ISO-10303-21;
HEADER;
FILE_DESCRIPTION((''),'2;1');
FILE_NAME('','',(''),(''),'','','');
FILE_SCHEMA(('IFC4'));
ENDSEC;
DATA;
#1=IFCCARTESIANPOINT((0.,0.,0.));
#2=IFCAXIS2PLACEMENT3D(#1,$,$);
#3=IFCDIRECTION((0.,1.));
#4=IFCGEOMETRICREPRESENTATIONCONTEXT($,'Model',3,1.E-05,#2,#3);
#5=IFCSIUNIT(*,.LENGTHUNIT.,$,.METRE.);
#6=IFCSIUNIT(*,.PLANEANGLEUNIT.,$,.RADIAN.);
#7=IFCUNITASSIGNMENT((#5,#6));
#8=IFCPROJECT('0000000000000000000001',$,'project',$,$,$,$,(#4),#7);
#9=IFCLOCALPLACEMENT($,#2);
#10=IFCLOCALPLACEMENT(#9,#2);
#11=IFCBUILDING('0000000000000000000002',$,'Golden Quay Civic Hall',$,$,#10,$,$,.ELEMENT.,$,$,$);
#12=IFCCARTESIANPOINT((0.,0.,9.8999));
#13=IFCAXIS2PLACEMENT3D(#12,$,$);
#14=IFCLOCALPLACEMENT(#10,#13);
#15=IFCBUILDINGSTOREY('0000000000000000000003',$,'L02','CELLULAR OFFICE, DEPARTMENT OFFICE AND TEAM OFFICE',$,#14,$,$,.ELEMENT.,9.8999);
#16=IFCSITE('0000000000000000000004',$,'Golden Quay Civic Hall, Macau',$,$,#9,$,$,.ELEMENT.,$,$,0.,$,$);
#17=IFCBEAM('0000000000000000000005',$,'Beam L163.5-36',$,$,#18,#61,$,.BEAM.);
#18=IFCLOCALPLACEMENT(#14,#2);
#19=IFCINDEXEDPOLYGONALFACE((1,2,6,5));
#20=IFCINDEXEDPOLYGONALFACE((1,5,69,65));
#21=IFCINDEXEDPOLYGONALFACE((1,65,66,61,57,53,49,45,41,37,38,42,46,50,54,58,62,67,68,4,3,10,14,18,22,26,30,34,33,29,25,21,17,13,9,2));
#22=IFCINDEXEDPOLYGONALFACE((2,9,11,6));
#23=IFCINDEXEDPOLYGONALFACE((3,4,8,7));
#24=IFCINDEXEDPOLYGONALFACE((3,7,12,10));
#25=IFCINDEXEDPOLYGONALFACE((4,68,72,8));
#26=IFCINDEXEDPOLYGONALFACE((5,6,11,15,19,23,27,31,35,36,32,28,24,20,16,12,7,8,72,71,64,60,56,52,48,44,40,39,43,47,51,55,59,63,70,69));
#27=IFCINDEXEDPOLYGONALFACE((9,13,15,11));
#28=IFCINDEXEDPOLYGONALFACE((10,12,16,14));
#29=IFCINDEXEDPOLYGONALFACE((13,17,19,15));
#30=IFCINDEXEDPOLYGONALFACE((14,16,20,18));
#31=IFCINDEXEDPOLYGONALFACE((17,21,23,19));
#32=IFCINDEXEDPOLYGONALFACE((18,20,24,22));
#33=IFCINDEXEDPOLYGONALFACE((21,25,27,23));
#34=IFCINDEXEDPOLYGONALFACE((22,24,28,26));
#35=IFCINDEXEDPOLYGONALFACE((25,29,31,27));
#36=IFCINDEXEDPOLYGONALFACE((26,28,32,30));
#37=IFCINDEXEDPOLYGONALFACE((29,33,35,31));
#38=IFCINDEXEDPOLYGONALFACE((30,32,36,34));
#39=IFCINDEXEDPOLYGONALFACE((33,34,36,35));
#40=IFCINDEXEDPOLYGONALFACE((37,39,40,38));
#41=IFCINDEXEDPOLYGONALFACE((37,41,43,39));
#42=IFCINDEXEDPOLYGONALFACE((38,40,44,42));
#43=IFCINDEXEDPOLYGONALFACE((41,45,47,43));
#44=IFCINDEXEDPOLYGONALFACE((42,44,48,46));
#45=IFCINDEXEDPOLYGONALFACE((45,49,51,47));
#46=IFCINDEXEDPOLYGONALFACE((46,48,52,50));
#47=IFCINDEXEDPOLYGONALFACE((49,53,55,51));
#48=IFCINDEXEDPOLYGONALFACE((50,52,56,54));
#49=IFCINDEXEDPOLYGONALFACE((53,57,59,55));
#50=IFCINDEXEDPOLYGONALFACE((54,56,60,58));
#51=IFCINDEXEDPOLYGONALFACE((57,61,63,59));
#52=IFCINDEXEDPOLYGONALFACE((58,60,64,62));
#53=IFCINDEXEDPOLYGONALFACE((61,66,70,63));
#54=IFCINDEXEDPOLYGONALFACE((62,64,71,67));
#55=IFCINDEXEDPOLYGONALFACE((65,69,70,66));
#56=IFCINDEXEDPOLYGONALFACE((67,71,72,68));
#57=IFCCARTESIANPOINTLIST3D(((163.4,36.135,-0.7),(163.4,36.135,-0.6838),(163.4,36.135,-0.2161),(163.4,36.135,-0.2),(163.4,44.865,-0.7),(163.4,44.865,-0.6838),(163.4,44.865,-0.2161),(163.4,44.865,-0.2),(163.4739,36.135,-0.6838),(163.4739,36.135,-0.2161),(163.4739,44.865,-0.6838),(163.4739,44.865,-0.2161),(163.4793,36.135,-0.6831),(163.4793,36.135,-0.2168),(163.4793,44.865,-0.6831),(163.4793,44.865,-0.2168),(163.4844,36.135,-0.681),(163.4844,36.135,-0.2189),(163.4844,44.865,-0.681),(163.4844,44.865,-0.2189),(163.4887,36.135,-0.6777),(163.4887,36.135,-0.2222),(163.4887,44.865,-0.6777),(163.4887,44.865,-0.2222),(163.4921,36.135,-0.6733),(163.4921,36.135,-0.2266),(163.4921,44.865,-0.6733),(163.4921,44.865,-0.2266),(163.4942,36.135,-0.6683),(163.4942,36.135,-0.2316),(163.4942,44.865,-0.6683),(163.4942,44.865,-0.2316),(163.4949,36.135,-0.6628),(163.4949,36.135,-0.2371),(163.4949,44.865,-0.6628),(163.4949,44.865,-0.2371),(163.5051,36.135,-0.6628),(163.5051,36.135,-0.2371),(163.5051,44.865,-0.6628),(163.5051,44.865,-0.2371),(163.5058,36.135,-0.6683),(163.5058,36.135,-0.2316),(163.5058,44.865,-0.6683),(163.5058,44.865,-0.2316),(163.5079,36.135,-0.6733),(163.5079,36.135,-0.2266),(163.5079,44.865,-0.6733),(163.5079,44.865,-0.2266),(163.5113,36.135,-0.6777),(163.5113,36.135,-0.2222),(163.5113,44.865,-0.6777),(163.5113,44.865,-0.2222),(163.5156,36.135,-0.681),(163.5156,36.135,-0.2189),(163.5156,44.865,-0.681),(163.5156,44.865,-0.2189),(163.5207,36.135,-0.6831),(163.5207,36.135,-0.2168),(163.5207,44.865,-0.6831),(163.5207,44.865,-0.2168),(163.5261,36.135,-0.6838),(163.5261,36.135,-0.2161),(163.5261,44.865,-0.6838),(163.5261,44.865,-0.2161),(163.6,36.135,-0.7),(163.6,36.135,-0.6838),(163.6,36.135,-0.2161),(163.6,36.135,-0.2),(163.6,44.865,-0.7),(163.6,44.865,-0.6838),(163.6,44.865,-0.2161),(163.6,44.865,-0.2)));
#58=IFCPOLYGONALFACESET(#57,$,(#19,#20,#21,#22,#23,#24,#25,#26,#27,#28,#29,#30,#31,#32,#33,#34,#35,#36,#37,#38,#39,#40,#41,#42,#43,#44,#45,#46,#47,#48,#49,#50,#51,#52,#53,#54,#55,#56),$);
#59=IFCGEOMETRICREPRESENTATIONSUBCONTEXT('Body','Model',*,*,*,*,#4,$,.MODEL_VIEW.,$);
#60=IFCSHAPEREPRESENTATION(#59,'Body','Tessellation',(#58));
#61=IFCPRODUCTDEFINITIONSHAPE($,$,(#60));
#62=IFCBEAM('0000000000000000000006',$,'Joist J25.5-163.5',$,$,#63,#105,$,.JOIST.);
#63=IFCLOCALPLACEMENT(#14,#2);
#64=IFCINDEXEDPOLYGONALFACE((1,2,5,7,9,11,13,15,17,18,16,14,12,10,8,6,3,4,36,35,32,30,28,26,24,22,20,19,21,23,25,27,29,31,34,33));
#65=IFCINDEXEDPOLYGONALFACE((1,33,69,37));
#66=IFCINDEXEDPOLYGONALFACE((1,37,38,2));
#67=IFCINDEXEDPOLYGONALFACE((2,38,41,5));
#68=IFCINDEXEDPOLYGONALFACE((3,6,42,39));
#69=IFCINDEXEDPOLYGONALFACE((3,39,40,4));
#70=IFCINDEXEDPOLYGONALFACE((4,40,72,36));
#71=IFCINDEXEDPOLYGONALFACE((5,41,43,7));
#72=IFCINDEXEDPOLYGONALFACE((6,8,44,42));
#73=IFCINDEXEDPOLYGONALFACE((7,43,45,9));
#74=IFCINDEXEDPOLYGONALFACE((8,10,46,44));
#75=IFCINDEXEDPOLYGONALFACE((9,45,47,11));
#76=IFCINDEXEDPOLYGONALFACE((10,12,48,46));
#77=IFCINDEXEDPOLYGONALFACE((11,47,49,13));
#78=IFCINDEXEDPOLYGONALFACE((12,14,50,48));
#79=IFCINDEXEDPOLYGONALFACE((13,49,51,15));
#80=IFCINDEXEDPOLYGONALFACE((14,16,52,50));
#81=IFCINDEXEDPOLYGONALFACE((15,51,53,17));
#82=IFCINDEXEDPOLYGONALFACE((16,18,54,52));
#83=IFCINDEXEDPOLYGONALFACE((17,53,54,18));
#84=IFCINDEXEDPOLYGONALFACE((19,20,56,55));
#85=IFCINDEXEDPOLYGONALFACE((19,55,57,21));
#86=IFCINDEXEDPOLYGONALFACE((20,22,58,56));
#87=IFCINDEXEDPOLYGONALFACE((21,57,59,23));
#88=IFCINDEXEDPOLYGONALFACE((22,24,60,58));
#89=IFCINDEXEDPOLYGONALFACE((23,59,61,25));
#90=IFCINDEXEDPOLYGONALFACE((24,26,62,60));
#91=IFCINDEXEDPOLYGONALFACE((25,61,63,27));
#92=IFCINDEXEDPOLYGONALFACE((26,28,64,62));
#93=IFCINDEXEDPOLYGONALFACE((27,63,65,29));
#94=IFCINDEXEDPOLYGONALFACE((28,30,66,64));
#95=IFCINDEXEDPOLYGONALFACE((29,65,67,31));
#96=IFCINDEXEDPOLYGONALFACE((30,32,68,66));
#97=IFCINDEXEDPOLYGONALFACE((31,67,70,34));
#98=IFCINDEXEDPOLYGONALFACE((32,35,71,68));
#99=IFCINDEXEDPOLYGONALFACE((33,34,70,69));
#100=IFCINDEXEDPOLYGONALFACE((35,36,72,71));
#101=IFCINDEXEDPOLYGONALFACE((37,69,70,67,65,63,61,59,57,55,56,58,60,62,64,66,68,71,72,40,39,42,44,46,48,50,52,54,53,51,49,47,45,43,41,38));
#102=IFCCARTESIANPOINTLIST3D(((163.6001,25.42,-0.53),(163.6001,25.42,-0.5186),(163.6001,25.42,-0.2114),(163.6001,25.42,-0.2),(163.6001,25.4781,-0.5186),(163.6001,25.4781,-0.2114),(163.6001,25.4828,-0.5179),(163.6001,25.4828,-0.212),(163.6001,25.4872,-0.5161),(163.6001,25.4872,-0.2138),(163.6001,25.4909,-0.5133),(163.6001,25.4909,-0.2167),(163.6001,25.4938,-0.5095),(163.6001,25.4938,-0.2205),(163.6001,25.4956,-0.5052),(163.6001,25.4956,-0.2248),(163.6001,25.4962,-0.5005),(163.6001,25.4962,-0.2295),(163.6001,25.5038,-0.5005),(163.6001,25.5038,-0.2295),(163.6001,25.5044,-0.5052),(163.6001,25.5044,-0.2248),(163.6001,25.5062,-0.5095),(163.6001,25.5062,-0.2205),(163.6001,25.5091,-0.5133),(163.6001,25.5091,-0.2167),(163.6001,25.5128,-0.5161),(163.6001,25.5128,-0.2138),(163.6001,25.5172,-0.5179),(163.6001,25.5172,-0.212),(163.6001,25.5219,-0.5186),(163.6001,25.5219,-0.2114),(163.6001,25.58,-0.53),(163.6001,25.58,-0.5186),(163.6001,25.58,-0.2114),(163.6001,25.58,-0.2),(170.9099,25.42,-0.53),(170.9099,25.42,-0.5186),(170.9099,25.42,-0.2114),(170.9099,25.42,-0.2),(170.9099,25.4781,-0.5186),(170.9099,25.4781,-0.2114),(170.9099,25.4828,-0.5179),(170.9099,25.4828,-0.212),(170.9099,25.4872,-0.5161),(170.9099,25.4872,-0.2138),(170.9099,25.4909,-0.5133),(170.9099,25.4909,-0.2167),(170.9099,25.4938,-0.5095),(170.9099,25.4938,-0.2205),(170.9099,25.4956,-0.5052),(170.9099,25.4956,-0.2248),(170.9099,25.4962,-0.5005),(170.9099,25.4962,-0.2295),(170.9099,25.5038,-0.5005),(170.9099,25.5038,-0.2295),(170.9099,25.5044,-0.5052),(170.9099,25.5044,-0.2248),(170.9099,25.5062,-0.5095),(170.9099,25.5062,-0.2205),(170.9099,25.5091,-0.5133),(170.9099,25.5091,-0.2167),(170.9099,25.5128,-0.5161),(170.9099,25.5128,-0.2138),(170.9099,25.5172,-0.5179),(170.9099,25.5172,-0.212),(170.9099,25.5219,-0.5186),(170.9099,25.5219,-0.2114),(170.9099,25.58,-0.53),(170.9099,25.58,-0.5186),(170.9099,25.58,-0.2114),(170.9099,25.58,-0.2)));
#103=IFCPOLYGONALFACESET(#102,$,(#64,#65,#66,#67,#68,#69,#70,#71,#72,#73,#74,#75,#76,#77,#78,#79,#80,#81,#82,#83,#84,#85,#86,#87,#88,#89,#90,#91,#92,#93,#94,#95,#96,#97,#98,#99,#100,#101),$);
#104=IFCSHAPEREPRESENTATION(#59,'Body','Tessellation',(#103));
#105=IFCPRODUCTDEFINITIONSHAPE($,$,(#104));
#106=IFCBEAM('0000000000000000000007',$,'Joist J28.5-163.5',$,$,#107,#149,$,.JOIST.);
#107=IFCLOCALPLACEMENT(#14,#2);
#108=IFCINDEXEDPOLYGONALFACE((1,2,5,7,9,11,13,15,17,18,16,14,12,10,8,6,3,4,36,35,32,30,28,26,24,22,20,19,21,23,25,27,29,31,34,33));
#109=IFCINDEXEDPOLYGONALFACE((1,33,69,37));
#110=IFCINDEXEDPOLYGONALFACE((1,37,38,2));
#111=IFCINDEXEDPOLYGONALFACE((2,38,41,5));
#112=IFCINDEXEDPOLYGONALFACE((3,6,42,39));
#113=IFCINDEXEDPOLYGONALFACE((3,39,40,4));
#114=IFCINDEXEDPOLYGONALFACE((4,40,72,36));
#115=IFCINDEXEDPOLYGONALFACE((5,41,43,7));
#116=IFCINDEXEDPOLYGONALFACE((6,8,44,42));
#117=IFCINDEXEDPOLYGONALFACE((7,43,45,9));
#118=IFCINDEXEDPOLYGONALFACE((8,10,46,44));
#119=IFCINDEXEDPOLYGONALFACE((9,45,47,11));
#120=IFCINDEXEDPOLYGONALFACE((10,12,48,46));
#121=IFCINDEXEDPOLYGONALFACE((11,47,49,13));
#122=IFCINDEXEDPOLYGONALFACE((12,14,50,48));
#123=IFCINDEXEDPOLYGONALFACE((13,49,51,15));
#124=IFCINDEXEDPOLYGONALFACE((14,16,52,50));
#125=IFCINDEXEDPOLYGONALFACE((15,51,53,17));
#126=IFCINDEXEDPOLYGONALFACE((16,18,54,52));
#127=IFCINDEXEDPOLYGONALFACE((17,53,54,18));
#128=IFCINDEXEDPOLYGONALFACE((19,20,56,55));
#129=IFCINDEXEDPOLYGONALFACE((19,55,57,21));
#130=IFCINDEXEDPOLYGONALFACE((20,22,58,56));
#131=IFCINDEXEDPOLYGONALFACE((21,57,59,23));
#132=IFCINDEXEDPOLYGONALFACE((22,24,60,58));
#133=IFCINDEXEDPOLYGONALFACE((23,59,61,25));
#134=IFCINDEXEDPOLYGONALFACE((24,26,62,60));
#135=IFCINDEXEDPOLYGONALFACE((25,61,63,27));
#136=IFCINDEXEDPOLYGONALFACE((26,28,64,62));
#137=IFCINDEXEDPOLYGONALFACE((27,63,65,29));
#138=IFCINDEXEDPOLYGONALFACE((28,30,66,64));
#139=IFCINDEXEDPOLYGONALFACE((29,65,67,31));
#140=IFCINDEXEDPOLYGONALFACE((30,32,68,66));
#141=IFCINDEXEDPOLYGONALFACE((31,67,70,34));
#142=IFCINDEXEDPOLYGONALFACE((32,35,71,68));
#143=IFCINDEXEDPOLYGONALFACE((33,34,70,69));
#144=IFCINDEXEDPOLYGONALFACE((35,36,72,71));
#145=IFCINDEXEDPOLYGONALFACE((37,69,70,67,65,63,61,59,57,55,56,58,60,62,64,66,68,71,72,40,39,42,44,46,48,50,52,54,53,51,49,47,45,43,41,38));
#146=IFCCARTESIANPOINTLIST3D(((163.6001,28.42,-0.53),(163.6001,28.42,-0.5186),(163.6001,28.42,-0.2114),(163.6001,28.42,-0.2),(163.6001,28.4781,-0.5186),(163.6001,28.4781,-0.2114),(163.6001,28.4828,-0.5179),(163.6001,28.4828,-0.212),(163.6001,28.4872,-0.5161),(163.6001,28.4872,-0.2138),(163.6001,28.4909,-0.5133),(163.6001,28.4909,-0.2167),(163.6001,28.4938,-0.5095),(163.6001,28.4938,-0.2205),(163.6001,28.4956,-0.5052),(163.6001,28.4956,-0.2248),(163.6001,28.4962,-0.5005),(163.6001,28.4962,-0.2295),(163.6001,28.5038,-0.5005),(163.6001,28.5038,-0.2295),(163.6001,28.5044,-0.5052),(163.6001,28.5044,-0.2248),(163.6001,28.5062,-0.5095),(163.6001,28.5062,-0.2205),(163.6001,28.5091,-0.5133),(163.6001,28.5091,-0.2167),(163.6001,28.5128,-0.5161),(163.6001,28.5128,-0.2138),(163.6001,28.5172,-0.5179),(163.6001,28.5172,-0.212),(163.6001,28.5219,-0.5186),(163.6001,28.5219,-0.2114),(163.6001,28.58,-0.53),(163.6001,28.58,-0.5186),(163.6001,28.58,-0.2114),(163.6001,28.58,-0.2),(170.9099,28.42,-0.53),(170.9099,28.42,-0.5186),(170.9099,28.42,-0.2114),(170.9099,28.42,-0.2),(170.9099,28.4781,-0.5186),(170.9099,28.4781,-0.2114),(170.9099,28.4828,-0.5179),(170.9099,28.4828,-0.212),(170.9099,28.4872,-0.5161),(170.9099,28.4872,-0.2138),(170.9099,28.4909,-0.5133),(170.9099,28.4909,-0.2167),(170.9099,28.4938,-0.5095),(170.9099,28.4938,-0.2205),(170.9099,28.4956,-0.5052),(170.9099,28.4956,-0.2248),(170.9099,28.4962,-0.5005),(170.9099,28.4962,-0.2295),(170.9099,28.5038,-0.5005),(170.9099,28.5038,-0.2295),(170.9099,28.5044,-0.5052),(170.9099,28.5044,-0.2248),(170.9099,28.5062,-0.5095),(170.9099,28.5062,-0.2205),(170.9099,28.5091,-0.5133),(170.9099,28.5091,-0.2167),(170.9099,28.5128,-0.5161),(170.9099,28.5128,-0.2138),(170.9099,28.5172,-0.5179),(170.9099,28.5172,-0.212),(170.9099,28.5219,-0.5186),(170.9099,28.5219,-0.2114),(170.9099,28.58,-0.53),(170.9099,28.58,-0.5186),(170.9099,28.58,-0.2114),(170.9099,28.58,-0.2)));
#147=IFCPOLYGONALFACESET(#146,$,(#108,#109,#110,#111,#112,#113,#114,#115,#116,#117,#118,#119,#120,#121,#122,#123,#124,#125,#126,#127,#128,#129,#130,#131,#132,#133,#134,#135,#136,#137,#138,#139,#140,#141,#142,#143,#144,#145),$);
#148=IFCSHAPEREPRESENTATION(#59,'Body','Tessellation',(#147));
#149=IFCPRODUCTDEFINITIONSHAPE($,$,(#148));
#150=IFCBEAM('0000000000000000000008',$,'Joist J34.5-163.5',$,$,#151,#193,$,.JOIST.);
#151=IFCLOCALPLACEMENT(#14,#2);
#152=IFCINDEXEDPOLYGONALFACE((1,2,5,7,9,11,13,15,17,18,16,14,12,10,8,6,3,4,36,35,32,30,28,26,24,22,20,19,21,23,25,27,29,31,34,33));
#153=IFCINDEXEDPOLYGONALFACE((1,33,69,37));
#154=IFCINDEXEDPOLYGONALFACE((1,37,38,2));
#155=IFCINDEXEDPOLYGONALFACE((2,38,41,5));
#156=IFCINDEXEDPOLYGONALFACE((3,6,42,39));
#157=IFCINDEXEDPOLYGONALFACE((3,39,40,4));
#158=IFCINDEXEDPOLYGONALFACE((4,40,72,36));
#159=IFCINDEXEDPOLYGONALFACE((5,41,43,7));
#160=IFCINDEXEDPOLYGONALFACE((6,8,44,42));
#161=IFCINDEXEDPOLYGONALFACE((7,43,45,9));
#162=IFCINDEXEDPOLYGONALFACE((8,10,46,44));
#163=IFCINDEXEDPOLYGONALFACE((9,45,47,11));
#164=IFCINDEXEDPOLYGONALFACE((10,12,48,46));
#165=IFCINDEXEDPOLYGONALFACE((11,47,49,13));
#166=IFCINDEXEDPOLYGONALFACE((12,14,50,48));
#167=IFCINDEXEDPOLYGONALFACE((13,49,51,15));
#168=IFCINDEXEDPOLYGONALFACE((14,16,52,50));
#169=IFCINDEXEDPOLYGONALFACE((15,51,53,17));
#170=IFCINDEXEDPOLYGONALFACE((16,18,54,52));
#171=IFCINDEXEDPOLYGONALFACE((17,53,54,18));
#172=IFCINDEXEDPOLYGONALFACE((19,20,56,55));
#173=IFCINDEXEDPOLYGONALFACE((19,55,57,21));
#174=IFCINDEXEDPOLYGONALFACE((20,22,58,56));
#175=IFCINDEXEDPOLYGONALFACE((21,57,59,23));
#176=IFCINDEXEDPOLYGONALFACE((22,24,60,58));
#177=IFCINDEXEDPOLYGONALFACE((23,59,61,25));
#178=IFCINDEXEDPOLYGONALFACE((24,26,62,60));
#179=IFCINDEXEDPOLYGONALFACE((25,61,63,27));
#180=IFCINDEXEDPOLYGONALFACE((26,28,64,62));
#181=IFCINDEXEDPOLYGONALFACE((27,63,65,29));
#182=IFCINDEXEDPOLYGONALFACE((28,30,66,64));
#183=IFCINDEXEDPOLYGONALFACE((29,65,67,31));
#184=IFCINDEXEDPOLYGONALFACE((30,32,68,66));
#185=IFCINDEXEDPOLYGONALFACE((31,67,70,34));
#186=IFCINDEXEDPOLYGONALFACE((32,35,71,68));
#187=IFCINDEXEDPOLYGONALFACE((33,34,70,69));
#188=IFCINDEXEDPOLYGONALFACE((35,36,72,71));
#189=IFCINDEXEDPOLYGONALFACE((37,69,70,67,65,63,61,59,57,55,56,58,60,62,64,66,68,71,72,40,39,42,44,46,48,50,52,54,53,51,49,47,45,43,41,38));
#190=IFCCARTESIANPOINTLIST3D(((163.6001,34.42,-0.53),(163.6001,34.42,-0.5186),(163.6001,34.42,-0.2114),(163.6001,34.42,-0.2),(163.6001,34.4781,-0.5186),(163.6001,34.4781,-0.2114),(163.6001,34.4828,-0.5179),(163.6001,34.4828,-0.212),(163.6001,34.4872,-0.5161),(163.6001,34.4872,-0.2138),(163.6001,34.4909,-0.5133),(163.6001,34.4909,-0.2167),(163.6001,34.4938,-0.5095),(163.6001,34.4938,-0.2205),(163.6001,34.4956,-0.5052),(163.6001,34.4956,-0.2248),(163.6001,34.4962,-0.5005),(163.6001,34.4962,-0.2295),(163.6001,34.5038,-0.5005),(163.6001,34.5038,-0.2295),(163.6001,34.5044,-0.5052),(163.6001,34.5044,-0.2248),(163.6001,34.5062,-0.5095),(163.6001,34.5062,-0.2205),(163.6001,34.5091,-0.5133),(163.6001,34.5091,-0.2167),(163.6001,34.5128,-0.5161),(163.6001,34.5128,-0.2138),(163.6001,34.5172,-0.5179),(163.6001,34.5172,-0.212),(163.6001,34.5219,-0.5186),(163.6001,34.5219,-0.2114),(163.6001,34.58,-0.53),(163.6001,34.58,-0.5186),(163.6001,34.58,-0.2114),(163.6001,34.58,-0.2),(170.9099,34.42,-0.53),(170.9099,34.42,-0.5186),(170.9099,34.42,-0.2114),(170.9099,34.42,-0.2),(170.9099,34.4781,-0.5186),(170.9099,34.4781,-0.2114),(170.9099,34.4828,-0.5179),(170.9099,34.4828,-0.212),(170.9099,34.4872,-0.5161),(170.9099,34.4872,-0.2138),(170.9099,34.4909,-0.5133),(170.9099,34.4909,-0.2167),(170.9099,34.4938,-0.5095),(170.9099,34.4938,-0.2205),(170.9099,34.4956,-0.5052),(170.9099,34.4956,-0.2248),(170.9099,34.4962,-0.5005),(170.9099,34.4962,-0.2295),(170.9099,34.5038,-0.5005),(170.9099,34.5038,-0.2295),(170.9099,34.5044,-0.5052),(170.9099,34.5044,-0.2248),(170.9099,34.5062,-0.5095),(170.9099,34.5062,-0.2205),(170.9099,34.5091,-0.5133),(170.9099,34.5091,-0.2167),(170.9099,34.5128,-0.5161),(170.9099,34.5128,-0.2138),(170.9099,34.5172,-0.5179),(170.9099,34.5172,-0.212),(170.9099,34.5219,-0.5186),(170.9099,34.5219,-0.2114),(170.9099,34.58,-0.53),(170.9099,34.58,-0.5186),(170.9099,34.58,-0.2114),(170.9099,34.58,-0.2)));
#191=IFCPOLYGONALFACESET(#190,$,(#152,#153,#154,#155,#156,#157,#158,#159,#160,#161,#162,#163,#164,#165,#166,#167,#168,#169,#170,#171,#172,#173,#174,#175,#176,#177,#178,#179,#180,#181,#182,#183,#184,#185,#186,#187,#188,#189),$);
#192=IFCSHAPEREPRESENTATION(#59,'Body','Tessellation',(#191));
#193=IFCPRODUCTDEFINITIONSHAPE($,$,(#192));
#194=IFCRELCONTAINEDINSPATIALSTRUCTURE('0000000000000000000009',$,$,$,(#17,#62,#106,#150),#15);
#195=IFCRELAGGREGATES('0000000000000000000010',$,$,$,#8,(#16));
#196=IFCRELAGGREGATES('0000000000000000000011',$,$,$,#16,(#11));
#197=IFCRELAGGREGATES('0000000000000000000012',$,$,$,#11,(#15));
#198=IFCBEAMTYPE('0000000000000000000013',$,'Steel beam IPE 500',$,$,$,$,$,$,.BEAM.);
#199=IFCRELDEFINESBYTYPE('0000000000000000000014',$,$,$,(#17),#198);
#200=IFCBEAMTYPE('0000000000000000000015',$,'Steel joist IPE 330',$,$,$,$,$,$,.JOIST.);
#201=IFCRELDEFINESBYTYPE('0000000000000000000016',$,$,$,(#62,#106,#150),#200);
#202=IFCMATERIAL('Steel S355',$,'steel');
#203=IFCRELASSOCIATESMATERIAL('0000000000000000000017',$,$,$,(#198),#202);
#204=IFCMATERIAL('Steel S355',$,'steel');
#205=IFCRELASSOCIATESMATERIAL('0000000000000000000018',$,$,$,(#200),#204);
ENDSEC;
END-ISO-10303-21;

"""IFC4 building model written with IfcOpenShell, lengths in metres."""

from ifc_helpers import new_model, si_unit, direction, frame, origin, origin_2d, place, context, subcontext, project, spatial, i_section, extrude, material, material_profile, profile_set, type_object, element, save


model = new_model("IFC4")

# Units and contexts
model_context = context("Model", 3, precision=1e-05, world=origin(), true_north=direction((0.0, 1.0)))
body_context = subcontext(model_context, "Body", "Model", "MODEL_VIEW")
ifc_project = project(units=[si_unit("LENGTHUNIT", "METRE"), si_unit("PLANEANGLEUNIT", "RADIAN")], contexts=[model_context])

# Site, building, storey
site_placement = place(None, origin())
site = spatial("IfcSite", under=ifc_project, at=site_placement, Name="Golden Quay Civic Hall, Macau", CompositionType="ELEMENT", RefElevation=0.0)
building_placement = place(site_placement, origin())
building = spatial("IfcBuilding", under=site, at=building_placement, Name="Golden Quay Civic Hall", CompositionType="ELEMENT")
storey_placement = place(building_placement, frame((0.0, 0.0, 9.8999)))
storey = spatial("IfcBuildingStorey", under=building, at=storey_placement, Name="L02", Description="CELLULAR OFFICE, DEPARTMENT OFFICE AND TEAM OFFICE", CompositionType="ELEMENT", Elevation=9.8999)

# Beams
ifc_material_1 = material(Name="Steel S355", Category="steel")
ifc_material_profile_1 = material_profile(ifc_material_1, i_section(OverallWidth=0.2, OverallDepth=0.5, WebThickness=0.0103, FlangeThickness=0.0161, FilletRadius=0.021, at=origin_2d()), Name="IPE 500")
ifc_profile_set_1 = profile_set([ifc_material_profile_1], Name="Steel S355")
beam_type_1 = type_object("IfcBeamType", Name="Steel beam IPE 500", PredefinedType="BEAM", material=ifc_profile_set_1)
for number, where, z_axis, x_axis, name in (
    (1, (163.5, 36.135, -0.45), (0.0, 1.0, 0.0), (-1.0, 0.0, 0.0), "Beam L163.5-36"),
):
    element("IfcBeam", number, at=place(storey_placement, frame(where, z_axis=z_axis, x_axis=x_axis)), inside=storey, type_object=beam_type_1, Name=name, PredefinedType="BEAM", context=body_context, shape_type="SweptSolid", body=[
        extrude(i_section(OverallWidth=0.2, OverallDepth=0.5, WebThickness=0.0103, FlangeThickness=0.0161, FilletRadius=0.021, at=origin_2d()), origin(), (0.0, 0.0, 1.0), 8.73),
    ])
ifc_material_2 = material(Name="Steel S355", Category="steel")
ifc_material_profile_2 = material_profile(ifc_material_2, i_section(OverallWidth=0.1599, OverallDepth=0.3301, WebThickness=0.0076, FlangeThickness=0.0115, FilletRadius=0.0181, at=origin_2d()), Name="IPE 330")
ifc_profile_set_2 = profile_set([ifc_material_profile_2], Name="Steel S355")
beam_type_2 = type_object("IfcBeamType", Name="Steel joist IPE 330", PredefinedType="JOIST", material=ifc_profile_set_2)
for number, where, z_axis, x_axis, name in (
    (2, (163.6001, 25.5, -0.365), (1.0, 0.0, 0.0), (0.0, 1.0, 0.0), "Joist J25.5-163.5"),
    (3, (163.6001, 28.5, -0.365), (1.0, 0.0, 0.0), (0.0, 1.0, 0.0), "Joist J28.5-163.5"),
    (4, (163.6001, 34.5, -0.365), (1.0, 0.0, 0.0), (0.0, 1.0, 0.0), "Joist J34.5-163.5"),
):
    element("IfcBeam", number, at=place(storey_placement, frame(where, z_axis=z_axis, x_axis=x_axis)), inside=storey, type_object=beam_type_2, Name=name, PredefinedType="JOIST", context=body_context, shape_type="SweptSolid", body=[
        extrude(i_section(OverallWidth=0.1599, OverallDepth=0.3301, WebThickness=0.0076, FlangeThickness=0.0115, FilletRadius=0.0181, at=origin_2d()), origin(), (0.0, 0.0, 1.0), 7.3098),
    ])

save(model, "model.ifc")
